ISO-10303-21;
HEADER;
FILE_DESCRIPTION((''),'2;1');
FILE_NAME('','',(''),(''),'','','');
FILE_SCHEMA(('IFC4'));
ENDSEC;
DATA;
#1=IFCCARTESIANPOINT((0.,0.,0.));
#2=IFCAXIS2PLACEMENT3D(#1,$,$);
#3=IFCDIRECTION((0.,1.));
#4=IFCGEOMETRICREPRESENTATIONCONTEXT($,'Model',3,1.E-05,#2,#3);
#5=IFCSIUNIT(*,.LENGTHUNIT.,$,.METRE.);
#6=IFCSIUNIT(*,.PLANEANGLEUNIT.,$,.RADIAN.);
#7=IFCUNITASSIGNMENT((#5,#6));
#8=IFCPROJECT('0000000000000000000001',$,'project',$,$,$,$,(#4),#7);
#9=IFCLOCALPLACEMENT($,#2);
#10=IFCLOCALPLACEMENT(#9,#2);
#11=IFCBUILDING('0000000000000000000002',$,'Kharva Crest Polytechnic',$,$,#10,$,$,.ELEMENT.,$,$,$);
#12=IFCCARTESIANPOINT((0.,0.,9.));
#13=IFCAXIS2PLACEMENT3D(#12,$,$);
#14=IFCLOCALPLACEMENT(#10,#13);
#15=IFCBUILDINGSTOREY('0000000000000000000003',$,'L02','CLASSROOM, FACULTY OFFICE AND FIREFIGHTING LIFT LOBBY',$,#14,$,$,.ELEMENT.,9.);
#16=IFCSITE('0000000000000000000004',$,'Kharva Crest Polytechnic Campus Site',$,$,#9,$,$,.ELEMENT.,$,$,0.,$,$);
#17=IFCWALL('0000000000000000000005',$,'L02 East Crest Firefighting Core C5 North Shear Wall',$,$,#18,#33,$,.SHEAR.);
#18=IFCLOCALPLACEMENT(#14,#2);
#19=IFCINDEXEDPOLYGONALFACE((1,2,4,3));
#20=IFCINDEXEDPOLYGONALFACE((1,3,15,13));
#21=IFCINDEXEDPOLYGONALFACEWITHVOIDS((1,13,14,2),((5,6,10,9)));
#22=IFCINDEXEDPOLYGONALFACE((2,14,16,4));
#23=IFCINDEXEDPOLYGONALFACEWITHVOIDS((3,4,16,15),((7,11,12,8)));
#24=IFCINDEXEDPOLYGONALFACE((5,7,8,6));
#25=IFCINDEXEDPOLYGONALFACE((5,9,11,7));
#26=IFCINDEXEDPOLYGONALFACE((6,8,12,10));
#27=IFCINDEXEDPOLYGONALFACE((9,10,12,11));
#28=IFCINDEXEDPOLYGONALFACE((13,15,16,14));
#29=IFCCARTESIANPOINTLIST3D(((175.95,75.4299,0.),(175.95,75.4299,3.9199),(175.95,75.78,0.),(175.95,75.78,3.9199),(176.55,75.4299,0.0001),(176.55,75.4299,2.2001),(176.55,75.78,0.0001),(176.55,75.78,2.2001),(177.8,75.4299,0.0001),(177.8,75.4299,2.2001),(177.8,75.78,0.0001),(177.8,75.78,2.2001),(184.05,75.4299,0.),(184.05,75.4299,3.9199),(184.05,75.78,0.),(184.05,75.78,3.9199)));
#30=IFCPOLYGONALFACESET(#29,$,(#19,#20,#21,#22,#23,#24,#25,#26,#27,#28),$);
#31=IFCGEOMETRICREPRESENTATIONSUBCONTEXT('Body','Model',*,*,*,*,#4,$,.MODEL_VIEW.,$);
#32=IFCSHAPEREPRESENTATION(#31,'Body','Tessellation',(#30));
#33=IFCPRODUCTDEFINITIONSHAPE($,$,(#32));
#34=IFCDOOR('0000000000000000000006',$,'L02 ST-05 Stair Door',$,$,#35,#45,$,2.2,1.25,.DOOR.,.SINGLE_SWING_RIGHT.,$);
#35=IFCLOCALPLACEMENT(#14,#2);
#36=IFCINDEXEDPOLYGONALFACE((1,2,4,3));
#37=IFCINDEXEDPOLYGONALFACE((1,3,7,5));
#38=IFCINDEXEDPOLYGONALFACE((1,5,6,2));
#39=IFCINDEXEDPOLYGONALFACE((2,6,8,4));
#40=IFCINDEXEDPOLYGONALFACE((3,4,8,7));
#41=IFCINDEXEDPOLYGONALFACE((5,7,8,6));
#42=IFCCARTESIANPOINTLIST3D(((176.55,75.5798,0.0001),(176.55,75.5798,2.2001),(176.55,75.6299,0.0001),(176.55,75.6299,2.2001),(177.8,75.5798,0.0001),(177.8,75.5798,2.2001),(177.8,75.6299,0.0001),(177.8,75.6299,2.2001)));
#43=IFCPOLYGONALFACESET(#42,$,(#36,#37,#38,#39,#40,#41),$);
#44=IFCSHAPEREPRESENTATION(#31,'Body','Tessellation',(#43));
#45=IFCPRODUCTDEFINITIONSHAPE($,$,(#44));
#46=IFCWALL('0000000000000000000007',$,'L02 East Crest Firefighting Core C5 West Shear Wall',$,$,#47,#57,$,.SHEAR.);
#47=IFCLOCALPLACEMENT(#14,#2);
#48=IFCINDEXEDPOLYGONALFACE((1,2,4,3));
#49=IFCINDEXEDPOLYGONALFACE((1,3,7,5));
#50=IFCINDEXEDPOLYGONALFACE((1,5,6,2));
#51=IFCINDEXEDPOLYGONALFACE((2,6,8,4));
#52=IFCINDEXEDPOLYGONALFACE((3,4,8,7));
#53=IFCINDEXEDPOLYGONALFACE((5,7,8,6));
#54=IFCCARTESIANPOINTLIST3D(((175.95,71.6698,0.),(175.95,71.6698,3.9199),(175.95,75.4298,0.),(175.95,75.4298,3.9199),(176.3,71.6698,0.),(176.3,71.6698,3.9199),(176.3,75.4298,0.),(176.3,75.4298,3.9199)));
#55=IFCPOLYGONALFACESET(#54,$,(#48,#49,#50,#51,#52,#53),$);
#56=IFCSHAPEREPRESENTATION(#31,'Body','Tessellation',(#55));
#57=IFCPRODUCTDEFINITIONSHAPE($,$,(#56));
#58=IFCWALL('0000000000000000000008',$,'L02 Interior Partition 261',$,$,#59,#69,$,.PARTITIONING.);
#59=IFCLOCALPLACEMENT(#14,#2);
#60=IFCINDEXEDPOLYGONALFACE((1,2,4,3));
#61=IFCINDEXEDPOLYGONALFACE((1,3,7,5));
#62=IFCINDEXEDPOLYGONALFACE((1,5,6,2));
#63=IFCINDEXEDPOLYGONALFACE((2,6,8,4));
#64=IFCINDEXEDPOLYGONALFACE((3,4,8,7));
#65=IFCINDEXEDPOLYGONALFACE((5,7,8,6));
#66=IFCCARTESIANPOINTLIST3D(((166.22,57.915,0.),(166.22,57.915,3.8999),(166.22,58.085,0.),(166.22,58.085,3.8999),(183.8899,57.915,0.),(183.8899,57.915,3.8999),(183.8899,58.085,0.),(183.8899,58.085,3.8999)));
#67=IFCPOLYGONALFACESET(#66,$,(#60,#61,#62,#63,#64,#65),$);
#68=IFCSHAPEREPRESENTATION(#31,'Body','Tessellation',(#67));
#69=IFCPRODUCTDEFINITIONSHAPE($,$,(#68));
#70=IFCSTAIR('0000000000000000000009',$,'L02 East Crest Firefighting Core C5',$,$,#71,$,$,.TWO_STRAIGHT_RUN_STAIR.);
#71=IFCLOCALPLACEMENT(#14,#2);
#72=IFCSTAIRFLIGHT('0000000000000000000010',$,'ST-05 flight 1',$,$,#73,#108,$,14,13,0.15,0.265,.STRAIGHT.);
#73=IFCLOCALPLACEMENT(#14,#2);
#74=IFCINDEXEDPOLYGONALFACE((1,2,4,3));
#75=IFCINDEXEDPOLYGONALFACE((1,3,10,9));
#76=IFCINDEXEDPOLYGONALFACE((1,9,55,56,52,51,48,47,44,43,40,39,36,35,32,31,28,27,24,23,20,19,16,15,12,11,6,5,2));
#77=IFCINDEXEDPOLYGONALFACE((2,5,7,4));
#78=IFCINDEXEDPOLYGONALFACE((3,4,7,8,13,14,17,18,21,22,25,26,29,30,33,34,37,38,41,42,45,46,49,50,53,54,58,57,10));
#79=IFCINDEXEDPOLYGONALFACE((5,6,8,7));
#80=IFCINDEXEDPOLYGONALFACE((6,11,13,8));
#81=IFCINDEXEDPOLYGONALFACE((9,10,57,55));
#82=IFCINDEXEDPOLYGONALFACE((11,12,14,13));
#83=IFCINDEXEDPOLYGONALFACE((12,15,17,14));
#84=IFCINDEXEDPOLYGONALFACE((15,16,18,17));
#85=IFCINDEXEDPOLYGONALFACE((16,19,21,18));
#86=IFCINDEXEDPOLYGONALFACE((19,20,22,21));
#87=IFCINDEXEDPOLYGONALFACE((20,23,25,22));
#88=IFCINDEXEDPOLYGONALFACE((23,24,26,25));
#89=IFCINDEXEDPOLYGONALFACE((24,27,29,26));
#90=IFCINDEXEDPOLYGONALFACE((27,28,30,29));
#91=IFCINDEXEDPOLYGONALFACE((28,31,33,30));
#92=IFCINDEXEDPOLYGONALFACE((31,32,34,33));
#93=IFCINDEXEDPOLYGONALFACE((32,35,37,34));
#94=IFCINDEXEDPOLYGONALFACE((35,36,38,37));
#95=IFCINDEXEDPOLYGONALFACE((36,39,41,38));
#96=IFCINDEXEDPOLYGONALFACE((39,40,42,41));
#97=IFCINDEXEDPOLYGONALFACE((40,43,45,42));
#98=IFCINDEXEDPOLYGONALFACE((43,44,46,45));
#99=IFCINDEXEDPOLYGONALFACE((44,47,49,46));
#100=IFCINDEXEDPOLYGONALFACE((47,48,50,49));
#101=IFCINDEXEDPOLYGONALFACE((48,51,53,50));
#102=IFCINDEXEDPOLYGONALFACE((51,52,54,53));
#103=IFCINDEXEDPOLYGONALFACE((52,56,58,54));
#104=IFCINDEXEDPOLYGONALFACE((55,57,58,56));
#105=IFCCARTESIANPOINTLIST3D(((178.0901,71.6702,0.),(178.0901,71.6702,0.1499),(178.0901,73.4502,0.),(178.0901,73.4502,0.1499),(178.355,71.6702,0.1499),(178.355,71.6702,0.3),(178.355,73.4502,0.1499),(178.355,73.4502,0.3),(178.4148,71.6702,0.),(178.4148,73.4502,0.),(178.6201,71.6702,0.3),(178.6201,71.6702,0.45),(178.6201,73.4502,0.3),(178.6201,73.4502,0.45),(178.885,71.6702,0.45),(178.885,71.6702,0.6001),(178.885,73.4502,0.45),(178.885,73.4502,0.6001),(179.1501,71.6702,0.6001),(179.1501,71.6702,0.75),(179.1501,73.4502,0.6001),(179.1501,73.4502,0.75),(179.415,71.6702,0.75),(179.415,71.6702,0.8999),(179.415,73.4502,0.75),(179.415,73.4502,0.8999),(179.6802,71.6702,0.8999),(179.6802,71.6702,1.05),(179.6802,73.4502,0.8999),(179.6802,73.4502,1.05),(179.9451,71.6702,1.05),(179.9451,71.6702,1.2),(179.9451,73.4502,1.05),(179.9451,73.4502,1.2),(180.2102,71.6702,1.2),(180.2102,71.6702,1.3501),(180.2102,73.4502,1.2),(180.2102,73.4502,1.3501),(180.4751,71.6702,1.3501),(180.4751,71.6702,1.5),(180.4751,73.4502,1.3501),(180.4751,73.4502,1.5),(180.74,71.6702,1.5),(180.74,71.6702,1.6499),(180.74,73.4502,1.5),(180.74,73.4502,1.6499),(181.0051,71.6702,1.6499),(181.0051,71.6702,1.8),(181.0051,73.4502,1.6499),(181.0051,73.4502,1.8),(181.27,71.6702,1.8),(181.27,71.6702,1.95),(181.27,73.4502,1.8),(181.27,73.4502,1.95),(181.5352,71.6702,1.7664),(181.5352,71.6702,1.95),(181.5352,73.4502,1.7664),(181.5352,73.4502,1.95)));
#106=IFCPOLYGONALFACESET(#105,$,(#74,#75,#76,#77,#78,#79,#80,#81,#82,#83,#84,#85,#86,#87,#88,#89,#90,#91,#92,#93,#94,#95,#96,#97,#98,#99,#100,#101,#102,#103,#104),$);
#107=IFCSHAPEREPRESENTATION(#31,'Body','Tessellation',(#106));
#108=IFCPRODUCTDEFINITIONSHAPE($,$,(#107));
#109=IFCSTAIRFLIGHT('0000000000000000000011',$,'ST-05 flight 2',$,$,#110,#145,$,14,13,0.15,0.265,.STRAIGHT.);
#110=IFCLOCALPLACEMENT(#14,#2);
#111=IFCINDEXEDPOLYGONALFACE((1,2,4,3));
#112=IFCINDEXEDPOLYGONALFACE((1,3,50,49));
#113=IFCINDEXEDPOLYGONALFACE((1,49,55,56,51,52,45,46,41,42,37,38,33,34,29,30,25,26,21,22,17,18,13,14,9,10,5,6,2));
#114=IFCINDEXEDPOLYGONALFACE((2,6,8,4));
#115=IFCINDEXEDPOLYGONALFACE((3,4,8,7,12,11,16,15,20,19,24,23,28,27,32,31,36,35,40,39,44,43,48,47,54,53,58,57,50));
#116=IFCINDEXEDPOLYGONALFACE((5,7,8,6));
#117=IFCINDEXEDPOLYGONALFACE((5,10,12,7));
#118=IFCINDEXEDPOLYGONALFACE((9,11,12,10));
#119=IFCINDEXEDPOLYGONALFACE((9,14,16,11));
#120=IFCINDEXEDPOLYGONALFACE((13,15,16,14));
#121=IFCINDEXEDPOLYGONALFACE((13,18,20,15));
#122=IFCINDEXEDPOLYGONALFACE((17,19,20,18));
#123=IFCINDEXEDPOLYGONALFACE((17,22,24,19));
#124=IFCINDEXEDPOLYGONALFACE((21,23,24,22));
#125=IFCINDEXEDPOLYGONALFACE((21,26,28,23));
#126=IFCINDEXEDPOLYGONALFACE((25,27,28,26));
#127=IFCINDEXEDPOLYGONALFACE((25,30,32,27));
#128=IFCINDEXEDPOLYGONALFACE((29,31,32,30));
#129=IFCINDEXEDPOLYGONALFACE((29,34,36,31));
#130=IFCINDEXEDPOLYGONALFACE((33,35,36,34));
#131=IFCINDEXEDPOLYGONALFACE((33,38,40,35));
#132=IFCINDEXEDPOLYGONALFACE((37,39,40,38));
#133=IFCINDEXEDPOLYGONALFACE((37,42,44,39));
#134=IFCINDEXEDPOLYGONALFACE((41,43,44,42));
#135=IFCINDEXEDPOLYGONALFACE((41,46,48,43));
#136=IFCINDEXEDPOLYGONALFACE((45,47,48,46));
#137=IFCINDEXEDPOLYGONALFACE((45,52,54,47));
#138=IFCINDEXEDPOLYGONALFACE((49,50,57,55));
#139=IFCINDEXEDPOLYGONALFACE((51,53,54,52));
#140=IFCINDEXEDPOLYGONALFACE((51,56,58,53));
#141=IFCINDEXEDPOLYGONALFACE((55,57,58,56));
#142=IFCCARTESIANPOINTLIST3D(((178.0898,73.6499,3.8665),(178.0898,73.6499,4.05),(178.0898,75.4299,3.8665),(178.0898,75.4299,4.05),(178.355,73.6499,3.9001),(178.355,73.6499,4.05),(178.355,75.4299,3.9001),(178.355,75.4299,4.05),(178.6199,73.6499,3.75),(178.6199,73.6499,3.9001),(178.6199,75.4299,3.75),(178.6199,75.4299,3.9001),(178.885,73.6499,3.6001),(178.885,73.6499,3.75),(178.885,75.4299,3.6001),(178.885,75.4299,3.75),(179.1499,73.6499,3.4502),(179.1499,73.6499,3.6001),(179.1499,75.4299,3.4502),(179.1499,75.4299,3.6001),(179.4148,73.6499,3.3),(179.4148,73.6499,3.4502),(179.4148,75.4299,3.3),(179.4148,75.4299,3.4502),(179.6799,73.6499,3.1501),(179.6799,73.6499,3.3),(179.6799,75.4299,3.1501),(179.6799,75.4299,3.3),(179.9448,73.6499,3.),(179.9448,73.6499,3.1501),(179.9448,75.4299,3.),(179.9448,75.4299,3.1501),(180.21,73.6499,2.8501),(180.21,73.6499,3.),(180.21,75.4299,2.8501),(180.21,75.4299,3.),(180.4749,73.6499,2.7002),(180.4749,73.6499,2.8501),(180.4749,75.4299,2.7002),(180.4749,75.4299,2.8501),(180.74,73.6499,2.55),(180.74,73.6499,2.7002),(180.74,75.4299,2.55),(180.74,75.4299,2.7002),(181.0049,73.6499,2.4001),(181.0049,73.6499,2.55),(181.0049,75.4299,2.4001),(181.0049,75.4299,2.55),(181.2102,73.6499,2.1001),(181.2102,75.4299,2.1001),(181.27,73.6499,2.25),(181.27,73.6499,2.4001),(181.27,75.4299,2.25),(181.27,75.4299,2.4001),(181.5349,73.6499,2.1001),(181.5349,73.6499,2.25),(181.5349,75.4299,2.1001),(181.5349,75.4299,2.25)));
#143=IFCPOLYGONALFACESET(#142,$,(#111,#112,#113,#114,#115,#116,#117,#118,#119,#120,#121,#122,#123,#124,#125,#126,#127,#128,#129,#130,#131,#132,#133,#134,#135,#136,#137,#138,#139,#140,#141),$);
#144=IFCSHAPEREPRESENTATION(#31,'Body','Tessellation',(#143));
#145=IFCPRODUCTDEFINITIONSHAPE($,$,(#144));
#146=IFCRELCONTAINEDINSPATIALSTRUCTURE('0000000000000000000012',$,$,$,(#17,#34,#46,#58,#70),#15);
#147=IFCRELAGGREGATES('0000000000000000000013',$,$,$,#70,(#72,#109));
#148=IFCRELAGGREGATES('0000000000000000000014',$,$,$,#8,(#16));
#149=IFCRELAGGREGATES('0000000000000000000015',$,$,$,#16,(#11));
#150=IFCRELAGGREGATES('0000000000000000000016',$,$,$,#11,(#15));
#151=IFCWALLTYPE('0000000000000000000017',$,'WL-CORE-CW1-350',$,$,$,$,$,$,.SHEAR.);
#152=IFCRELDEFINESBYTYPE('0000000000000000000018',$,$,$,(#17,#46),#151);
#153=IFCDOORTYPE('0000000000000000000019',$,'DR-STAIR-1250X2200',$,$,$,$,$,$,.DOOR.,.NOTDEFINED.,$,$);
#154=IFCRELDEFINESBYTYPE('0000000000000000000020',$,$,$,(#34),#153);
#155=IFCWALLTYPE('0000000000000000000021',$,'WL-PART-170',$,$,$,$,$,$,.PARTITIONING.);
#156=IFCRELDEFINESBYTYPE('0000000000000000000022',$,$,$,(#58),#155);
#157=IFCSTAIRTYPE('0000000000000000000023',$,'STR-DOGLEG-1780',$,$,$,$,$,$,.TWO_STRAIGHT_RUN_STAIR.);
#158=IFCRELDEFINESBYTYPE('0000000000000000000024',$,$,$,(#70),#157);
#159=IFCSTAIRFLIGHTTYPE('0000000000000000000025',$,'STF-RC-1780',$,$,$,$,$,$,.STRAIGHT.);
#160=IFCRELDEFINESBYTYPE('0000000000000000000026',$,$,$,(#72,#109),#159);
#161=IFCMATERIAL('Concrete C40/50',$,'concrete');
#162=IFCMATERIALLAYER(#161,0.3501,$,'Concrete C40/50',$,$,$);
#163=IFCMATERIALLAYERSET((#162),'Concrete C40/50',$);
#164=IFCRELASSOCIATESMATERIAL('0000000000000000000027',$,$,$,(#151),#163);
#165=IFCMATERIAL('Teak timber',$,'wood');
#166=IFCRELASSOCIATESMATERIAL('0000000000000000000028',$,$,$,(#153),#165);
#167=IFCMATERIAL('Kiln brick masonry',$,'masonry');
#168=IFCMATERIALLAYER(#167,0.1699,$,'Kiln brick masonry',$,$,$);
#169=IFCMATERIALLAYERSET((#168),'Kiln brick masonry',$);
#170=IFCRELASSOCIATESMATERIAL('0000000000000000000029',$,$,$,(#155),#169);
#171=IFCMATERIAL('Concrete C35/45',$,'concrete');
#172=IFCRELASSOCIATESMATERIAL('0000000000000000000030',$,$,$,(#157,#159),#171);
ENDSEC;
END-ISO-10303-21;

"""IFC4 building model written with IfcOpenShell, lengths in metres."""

from ifc_helpers import new_model, si_unit, direction, frame, frame_2d, origin, place, context, subcontext, project, spatial, polyline, rectangle, outline, extrude, material, layer, layer_set, type_object, element, fill, aggregate, save


model = new_model("IFC4")

# Units and contexts
model_context = context("Model", 3, precision=1e-05, world=origin(), true_north=direction((0.0, 1.0)))
body_context = subcontext(model_context, "Body", "Model", "MODEL_VIEW")
ifc_project = project(units=[si_unit("LENGTHUNIT", "METRE"), si_unit("PLANEANGLEUNIT", "RADIAN")], contexts=[model_context])

# Site, building, storey
site_placement = place(None, origin())
site = spatial("IfcSite", under=ifc_project, at=site_placement, Name="Kharva Crest Polytechnic Campus Site", CompositionType="ELEMENT", RefElevation=0.0)
building_placement = place(site_placement, origin())
building = spatial("IfcBuilding", under=site, at=building_placement, Name="Kharva Crest Polytechnic", CompositionType="ELEMENT")
storey_placement = place(building_placement, frame((0.0, 0.0, 9.0)))
storey = spatial("IfcBuildingStorey", under=building, at=storey_placement, Name="L02", Description="CLASSROOM, FACULTY OFFICE AND FIREFIGHTING LIFT LOBBY", CompositionType="ELEMENT", Elevation=9.0)

# Shared definitions
ifc_material_1 = material(Name="Concrete C40/50", Category="concrete")

# Shared definitions
ifc_material_2 = material(Name="Concrete C35/45", Category="concrete")

# Shared definitions
ifc_layer_1 = layer(ifc_material_1, 0.3501, Name="Concrete C40/50")
ifc_layer_set_1 = layer_set([ifc_layer_1], Name="Concrete C40/50")
wall_type_1 = type_object("IfcWallType", Name="WL-CORE-CW1-350", PredefinedType="SHEAR", material=ifc_layer_set_1)

# Wall, opening, door
wall_1_placement = place(storey_placement, frame((175.95, 75.605, 0.0), z_axis=(0.0, 0.0, 1.0), x_axis=(1.0, 0.0, 0.0)))
wall_1 = element("IfcWall", 1, at=wall_1_placement, inside=storey, type_object=wall_type_1, Name="L02 East Crest Firefighting Core C5 North Shear Wall", PredefinedType="SHEAR", context=body_context, shape_type="SweptSolid", body=[
    extrude(rectangle(XDim=8.1001, YDim=0.3501, at=frame_2d((4.05, 0.0))), origin(), (0.0, 0.0, 1.0), 3.9199),
])
opening_placement = place(wall_1_placement, frame((0.6001, 0.0, 0.0)))
opening = element("IfcOpeningElement", 2, at=opening_placement, cuts=wall_1, PredefinedType="OPENING", context=body_context, shape_type="SweptSolid", body=[
    extrude(rectangle(XDim=1.25, YDim=2.2, at=frame_2d((0.625, 1.1001))), frame((0.0, 0.1851, 0.0), z_axis=(0.0, -1.0, 0.0), x_axis=(1.0, 0.0, 0.0)), (0.0, 0.0, 1.0), 0.3701),
])
ifc_material_3 = material(Name="Teak timber", Category="wood")
door_type = type_object("IfcDoorType", Name="DR-STAIR-1250X2200", OperationType="NOTDEFINED", PredefinedType="DOOR", material=ifc_material_3)
door_placement = place(opening_placement, origin())
door = element("IfcDoor", 3, at=door_placement, inside=storey, type_object=door_type, Name="L02 ST-05 Stair Door", OperationType="SINGLE_SWING_RIGHT", OverallHeight=2.2, OverallWidth=1.25, PredefinedType="DOOR", context=body_context, shape_type="SweptSolid", body=[
    extrude(rectangle(XDim=1.25, YDim=2.2, at=frame_2d((0.625, 1.1001))), frame((0.0, 0.0249, 0.0), z_axis=(0.0, -1.0, 0.0), x_axis=(1.0, 0.0, 0.0)), (0.0, 0.0, 1.0), 0.05),
])
fill(opening, door)

# Walls
wall_2_placement = place(storey_placement, frame((176.125, 71.6699, 0.0), z_axis=(0.0, 0.0, 1.0), x_axis=(0.0, 1.0, 0.0)))
element("IfcWall", 4, at=wall_2_placement, inside=storey, type_object=wall_type_1, Name="L02 East Crest Firefighting Core C5 West Shear Wall", PredefinedType="SHEAR", context=body_context, shape_type="SweptSolid", body=[
    extrude(rectangle(XDim=3.76, YDim=0.3501, at=frame_2d((1.8799, 0.0))), origin(), (0.0, 0.0, 1.0), 3.9199),
])
ifc_material_4 = material(Name="Kiln brick masonry", Category="masonry")
ifc_layer_2 = layer(ifc_material_4, 0.1699, Name="Kiln brick masonry")
ifc_layer_set_2 = layer_set([ifc_layer_2], Name="Kiln brick masonry")
wall_type_2 = type_object("IfcWallType", Name="WL-PART-170", PredefinedType="PARTITIONING", material=ifc_layer_set_2)
wall_3_placement = place(storey_placement, frame((166.22, 58.0, 0.0), z_axis=(0.0, 0.0, 1.0), x_axis=(1.0, 0.0, 0.0)))
element("IfcWall", 5, at=wall_3_placement, inside=storey, type_object=wall_type_2, Name="L02 Interior Partition 261", PredefinedType="PARTITIONING", context=body_context, shape_type="SweptSolid", body=[
    extrude(rectangle(XDim=17.6699, YDim=0.1699, at=frame_2d((8.835, 0.0))), origin(), (0.0, 0.0, 1.0), 3.8999),
])

# Stair, stair flights
stair_type = type_object("IfcStairType", Name="STR-DOGLEG-1780", PredefinedType="TWO_STRAIGHT_RUN_STAIR", material=ifc_material_2)
stair_placement = place(storey_placement, origin())
stair = element("IfcStair", 6, at=stair_placement, inside=storey, type_object=stair_type, Name="L02 East Crest Firefighting Core C5", PredefinedType="TWO_STRAIGHT_RUN_STAIR")
stair_flight_type = type_object("IfcStairFlightType", Name="STF-RC-1780", PredefinedType="STRAIGHT", material=ifc_material_2)
stair_flight_1_placement = place(storey_placement, frame((178.0901, 72.5601, 0.0), z_axis=(0.0, 0.0, 1.0), x_axis=(1.0, 0.0, 0.0)))
stair_flight_1 = element("IfcStairFlight", 7, at=stair_flight_1_placement, type_object=stair_flight_type, Name="ST-05 flight 1", NumberOfRisers=14, NumberOfTreads=13, PredefinedType="STRAIGHT", RiserHeight=0.15, TreadLength=0.265, context=body_context, shape_type="SweptSolid", body=[
    extrude(outline(polyline([(0.0, 0.0), (0.0, 0.1499), (0.2649, 0.1499), (0.2649, 0.3), (0.53, 0.3), (0.53, 0.45), (0.7949, 0.45), (0.7949, 0.6001), (1.0601, 0.6001), (1.0601, 0.75), (1.325, 0.75), (1.325, 0.8999), (1.5901, 0.8999), (1.5901, 1.05), (1.855, 1.05), (1.855, 1.2), (2.1201, 1.2), (2.1201, 1.3501), (2.385, 1.3501), (2.385, 1.5), (2.6499, 1.5), (2.6499, 1.6499), (2.915, 1.6499), (2.915, 1.8), (3.1799, 1.8), (3.1799, 1.95), (3.4451, 1.95), (3.4451, 2.1001), (3.4451, 1.7664), (0.3247, 0.0), (0.0, 0.0)])), frame((0.0, 0.8901, 0.0), z_axis=(0.0, -1.0, 0.0), x_axis=(1.0, 0.0, 0.0)), (0.0, 0.0, 1.0), 1.78),
])
stair_flight_2_placement = place(storey_placement, frame((181.5349, 74.54, 2.1001), z_axis=(0.0, 0.0, 1.0), x_axis=(-1.0, 0.0, 0.0)))
stair_flight_2 = element("IfcStairFlight", 8, at=stair_flight_2_placement, type_object=stair_flight_type, Name="ST-05 flight 2", NumberOfRisers=14, NumberOfTreads=13, PredefinedType="STRAIGHT", RiserHeight=0.15, TreadLength=0.265, context=body_context, shape_type="SweptSolid", body=[
    extrude(outline(polyline([(0.0, 0.0), (0.0, 0.1499), (0.2649, 0.1499), (0.2649, 0.3), (0.53, 0.3), (0.53, 0.45), (0.7949, 0.45), (0.7949, 0.6001), (1.0601, 0.6001), (1.0601, 0.75), (1.325, 0.75), (1.325, 0.8999), (1.5901, 0.8999), (1.5901, 1.05), (1.855, 1.05), (1.855, 1.2), (2.1201, 1.2), (2.1201, 1.3501), (2.385, 1.3501), (2.385, 1.5), (2.6499, 1.5), (2.6499, 1.6499), (2.915, 1.6499), (2.915, 1.8), (3.1799, 1.8), (3.1799, 1.95), (3.4451, 1.95), (3.4451, 2.1001), (3.4451, 1.7664), (0.3247, 0.0), (0.0, 0.0)])), frame((0.0, 0.8901, 0.0), z_axis=(0.0, -1.0, 0.0), x_axis=(1.0, 0.0, 0.0)), (0.0, 0.0, 1.0), 1.78),
])
aggregate(stair, [stair_flight_1, stair_flight_2])

save(model, "model.ifc")
